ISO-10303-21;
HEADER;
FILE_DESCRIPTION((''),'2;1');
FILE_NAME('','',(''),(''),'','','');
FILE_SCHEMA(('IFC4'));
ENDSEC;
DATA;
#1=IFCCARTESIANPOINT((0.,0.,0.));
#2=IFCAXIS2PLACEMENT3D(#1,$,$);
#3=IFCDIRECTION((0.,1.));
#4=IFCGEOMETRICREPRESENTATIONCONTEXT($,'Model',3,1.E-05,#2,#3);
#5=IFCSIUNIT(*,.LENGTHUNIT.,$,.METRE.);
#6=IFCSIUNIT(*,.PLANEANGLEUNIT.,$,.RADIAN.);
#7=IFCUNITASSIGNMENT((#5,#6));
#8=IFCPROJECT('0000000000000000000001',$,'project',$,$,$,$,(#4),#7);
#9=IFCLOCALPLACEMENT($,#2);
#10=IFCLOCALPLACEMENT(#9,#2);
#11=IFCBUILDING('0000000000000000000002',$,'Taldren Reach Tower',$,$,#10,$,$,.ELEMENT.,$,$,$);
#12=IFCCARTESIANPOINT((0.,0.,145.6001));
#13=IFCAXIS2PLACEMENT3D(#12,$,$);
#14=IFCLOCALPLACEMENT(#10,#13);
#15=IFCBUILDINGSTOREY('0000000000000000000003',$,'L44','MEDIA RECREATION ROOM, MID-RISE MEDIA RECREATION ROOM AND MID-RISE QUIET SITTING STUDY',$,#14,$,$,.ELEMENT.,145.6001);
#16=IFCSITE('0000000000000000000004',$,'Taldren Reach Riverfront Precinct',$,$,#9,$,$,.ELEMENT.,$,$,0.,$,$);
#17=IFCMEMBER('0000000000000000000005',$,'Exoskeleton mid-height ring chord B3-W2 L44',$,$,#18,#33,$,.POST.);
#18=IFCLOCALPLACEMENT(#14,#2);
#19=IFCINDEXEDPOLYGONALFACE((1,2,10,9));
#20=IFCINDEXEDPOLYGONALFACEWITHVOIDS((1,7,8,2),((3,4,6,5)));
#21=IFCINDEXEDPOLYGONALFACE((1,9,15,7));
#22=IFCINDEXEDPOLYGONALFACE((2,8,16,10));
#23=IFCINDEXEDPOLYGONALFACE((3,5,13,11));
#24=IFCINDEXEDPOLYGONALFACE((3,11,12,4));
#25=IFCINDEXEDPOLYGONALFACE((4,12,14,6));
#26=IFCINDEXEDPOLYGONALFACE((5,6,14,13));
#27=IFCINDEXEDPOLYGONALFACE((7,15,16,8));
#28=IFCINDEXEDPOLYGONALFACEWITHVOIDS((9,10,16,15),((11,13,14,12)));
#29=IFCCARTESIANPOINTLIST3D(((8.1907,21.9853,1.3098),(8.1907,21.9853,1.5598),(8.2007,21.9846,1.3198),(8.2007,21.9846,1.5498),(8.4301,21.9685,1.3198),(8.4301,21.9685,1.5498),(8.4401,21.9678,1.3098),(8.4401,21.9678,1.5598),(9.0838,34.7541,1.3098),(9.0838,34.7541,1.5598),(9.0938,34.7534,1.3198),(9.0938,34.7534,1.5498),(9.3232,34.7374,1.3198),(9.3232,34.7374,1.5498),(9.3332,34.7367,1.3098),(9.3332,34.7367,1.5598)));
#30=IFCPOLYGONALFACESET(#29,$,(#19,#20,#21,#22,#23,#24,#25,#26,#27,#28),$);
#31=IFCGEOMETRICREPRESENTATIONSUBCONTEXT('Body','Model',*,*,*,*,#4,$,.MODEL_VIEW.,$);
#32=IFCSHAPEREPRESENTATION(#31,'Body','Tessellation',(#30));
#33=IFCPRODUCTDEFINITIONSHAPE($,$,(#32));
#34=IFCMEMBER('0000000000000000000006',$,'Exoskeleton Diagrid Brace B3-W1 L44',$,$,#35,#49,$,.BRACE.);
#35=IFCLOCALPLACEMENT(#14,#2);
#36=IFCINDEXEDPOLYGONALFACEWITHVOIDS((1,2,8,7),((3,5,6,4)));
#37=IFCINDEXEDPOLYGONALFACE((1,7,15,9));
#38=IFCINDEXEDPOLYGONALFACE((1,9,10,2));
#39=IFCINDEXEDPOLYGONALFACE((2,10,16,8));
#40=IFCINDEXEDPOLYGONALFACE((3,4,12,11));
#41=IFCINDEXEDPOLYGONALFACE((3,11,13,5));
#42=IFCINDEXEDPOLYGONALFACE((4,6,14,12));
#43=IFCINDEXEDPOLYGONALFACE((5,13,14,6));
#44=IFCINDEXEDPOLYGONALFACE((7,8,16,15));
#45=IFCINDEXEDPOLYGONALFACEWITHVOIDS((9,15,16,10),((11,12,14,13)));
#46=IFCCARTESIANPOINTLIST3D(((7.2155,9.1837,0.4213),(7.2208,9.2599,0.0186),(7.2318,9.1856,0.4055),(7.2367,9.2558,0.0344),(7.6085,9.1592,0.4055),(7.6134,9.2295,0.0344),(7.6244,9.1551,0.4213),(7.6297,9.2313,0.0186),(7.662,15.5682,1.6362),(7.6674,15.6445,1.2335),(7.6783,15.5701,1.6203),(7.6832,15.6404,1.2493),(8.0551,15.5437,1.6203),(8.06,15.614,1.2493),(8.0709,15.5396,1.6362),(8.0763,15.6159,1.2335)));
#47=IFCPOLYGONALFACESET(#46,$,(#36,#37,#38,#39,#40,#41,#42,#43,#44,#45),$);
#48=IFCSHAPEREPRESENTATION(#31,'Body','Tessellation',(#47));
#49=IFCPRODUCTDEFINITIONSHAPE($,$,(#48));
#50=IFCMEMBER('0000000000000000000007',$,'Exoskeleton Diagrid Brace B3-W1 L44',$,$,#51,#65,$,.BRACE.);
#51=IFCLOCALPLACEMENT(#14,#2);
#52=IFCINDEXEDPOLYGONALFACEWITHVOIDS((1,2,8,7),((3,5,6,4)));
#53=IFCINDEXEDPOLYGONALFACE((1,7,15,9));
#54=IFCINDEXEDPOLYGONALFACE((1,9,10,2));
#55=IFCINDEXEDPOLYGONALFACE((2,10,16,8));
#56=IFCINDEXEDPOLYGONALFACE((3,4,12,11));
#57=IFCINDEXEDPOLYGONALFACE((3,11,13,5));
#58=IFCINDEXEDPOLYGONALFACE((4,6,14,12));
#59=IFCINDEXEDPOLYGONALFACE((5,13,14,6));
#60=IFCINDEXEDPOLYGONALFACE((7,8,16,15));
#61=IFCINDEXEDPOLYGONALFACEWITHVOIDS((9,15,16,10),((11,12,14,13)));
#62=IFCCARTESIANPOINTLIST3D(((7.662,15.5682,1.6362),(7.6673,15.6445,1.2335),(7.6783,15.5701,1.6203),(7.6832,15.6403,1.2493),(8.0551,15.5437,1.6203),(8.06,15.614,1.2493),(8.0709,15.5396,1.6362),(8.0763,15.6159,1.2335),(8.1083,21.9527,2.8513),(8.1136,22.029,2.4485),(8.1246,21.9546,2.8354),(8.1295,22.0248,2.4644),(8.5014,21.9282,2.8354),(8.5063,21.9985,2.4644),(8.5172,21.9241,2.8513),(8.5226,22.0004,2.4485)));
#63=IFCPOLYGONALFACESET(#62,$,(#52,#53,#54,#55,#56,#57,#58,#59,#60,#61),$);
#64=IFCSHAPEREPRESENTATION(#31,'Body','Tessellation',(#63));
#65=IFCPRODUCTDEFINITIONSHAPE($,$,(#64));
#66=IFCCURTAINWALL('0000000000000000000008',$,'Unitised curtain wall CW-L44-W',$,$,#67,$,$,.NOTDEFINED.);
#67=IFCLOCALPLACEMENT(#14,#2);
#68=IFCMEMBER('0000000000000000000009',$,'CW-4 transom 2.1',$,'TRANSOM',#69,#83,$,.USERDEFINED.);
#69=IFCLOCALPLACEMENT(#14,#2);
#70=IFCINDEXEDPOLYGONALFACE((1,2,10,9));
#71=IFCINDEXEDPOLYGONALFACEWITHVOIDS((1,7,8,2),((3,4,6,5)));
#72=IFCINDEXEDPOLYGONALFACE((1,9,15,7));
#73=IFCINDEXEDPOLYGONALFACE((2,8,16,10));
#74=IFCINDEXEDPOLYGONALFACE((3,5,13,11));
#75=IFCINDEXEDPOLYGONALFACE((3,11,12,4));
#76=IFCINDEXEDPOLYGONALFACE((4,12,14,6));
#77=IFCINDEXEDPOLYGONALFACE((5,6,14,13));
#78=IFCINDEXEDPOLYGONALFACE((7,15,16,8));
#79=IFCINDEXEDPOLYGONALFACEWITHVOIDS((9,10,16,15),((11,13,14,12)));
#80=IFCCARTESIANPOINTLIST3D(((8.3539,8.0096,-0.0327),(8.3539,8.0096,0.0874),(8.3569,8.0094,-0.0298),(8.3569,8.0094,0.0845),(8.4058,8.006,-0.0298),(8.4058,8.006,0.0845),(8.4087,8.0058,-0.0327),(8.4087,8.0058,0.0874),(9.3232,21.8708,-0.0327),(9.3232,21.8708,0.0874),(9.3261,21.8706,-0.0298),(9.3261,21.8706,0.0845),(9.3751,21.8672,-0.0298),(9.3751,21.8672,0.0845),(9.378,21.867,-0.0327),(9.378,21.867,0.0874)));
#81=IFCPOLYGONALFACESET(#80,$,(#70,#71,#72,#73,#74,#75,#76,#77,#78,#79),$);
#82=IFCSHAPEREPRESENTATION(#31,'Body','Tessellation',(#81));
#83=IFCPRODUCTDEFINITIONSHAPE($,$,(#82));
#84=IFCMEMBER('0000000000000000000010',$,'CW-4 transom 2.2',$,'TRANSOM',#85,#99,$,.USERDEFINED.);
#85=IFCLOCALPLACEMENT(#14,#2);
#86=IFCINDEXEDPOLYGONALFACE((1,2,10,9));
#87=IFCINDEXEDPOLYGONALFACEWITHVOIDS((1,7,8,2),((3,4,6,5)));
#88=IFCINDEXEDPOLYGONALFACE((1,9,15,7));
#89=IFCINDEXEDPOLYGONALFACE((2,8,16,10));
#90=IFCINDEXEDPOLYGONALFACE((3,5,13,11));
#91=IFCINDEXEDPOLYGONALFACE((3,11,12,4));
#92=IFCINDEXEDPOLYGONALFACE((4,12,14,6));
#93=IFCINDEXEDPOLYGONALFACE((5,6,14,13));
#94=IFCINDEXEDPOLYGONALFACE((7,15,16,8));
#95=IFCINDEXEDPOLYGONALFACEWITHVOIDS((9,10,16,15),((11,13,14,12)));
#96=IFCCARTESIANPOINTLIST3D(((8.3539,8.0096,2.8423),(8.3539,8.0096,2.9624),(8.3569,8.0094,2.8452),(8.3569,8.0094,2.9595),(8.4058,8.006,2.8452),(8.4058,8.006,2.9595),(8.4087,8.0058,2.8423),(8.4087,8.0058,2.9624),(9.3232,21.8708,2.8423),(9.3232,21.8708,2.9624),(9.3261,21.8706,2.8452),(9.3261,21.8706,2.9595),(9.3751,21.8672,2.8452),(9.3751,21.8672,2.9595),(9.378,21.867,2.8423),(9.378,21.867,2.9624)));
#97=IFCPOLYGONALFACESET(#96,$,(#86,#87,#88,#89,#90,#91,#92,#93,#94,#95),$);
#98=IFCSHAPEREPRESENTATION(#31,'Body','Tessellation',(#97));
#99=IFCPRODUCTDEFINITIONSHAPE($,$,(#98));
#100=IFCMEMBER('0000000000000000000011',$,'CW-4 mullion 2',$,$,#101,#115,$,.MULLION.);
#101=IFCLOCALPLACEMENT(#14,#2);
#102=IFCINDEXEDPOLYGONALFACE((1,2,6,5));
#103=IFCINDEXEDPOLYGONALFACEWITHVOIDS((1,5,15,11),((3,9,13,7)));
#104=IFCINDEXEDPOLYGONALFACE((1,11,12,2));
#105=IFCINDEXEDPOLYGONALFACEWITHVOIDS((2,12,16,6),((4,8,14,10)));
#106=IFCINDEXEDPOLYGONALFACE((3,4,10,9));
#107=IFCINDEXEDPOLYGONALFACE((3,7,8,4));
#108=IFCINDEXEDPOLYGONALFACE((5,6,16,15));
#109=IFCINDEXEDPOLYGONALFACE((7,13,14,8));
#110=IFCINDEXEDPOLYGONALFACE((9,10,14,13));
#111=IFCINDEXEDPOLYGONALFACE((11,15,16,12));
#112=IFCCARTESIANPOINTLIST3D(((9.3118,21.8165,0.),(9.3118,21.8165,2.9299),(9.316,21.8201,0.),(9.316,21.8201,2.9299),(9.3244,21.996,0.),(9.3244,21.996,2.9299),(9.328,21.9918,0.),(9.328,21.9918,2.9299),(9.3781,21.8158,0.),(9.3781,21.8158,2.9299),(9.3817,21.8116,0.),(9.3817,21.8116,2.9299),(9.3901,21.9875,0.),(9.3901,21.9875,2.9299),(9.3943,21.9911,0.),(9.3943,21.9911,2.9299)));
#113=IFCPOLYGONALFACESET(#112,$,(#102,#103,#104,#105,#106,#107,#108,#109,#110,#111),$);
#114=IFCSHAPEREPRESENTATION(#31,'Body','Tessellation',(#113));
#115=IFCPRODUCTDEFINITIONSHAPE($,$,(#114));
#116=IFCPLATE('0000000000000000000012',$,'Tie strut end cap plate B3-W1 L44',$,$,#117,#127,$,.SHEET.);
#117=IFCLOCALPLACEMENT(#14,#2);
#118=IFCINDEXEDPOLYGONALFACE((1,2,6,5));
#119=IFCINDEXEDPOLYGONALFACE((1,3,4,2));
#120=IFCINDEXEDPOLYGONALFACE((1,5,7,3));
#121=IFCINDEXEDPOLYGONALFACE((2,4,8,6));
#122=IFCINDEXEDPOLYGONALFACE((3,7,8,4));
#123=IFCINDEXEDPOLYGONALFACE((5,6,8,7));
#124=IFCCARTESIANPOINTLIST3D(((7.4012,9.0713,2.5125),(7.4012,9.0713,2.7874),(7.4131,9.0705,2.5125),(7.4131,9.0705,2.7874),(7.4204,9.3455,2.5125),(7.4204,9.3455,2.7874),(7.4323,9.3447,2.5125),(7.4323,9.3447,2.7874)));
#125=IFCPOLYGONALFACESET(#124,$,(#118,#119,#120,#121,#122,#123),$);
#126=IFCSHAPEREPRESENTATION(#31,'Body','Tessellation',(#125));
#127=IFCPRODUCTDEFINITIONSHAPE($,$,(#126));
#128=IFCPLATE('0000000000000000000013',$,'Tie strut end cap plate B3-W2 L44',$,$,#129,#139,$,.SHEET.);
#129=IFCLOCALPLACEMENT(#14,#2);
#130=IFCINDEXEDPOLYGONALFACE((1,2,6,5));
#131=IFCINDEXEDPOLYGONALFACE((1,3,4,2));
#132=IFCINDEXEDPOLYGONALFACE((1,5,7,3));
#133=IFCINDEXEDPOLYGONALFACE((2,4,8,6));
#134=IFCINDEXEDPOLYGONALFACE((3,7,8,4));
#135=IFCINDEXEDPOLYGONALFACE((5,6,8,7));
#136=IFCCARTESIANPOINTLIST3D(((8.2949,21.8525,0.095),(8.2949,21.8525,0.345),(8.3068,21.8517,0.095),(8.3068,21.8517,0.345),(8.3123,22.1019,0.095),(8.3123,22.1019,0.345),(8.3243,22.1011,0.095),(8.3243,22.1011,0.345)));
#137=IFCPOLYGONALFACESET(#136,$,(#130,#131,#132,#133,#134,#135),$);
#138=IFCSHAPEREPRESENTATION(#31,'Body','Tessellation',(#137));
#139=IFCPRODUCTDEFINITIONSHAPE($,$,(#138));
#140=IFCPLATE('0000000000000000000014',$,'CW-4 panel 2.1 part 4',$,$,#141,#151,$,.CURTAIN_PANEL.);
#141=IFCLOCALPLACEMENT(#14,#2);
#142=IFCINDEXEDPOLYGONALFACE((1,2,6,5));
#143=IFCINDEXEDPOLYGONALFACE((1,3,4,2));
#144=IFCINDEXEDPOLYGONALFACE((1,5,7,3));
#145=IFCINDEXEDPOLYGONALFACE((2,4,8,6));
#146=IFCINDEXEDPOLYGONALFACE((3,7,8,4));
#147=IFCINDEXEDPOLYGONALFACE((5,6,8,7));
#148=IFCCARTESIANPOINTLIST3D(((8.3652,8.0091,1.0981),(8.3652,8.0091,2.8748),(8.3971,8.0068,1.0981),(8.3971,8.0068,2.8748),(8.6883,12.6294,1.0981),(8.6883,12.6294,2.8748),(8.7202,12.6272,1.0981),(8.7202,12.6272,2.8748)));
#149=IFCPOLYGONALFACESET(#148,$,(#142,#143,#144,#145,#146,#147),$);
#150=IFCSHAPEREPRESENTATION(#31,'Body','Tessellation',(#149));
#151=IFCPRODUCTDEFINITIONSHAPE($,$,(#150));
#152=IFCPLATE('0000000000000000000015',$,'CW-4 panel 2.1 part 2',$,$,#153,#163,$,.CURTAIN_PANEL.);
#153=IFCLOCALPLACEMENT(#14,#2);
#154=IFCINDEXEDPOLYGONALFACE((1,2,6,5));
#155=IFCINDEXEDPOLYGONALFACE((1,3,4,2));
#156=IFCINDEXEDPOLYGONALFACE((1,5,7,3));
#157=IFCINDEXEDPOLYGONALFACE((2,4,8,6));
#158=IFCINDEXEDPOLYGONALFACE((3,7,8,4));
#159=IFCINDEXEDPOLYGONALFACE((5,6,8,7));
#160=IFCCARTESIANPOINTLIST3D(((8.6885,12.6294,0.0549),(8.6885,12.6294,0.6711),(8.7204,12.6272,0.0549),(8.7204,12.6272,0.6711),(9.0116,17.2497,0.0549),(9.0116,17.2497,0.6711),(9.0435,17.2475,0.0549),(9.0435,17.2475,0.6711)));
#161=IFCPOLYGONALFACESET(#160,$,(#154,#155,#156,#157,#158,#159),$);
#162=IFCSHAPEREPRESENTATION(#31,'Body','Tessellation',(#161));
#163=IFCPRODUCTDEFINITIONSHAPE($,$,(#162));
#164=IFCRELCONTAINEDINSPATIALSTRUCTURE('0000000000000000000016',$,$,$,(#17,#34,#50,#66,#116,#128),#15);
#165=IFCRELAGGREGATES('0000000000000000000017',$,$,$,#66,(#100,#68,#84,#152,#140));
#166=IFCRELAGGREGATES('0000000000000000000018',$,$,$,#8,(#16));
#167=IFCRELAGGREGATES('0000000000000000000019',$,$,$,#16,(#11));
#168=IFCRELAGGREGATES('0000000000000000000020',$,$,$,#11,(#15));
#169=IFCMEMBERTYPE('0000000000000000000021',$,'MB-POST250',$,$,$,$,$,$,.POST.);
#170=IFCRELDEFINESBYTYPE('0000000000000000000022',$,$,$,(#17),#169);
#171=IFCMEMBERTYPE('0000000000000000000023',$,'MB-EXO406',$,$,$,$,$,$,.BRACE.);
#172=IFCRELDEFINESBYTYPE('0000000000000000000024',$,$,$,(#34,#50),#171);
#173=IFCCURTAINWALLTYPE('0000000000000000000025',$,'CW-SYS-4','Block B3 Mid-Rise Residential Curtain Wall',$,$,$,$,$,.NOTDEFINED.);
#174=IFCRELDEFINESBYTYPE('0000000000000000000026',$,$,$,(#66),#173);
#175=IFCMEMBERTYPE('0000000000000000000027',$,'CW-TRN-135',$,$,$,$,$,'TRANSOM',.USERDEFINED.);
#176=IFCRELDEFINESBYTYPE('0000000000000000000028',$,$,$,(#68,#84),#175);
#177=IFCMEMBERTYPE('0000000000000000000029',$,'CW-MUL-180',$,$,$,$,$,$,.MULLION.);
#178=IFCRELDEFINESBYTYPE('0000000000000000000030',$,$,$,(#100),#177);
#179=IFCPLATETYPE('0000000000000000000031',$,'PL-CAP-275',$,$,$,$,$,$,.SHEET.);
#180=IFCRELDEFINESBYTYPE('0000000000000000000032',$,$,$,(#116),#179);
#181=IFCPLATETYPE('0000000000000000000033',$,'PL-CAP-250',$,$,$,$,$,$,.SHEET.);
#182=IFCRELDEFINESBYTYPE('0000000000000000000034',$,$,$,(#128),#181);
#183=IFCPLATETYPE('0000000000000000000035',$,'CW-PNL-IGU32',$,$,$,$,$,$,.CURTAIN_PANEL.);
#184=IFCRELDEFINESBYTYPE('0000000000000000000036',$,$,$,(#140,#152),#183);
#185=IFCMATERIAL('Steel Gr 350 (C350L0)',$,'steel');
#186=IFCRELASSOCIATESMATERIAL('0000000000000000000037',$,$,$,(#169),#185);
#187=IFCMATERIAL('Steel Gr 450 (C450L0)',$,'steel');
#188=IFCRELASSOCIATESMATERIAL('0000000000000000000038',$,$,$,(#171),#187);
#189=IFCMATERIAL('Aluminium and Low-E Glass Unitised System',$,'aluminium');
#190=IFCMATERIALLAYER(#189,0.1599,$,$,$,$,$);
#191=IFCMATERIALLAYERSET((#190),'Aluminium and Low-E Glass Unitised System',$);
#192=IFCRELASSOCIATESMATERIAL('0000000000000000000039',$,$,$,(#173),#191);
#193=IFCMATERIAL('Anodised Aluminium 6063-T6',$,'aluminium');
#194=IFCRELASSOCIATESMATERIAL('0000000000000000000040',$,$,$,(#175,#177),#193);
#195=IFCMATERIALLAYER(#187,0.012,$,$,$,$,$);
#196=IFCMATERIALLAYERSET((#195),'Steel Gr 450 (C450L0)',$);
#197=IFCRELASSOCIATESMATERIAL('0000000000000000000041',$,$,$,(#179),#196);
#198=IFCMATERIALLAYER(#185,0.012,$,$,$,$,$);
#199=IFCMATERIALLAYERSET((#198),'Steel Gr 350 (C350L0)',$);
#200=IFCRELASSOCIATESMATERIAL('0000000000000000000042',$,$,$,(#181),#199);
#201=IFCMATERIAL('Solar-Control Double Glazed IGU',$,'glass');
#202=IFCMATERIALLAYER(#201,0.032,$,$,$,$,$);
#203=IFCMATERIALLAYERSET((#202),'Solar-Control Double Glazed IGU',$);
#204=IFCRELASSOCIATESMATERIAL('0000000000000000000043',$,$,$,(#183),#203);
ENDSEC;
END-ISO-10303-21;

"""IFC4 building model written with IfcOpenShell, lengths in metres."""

from ifc_helpers import new_model, si_unit, direction, frame, origin, origin_2d, place, context, subcontext, project, spatial, rectangle, hollow_rectangle, extrude, source, transform, mapped, material, layer, layer_set, material_profile, profile_set, type_object, element, aggregate, save


model = new_model("IFC4")

# Units and contexts
model_context = context("Model", 3, precision=1e-05, world=origin(), true_north=direction((0.0, 1.0)))
body_context = subcontext(model_context, "Body", "Model", "MODEL_VIEW")
ifc_project = project(units=[si_unit("LENGTHUNIT", "METRE"), si_unit("PLANEANGLEUNIT", "RADIAN")], contexts=[model_context])

# Site, building, storey
site_placement = place(None, origin())
site = spatial("IfcSite", under=ifc_project, at=site_placement, Name="Taldren Reach Riverfront Precinct", CompositionType="ELEMENT", RefElevation=0.0)
building_placement = place(site_placement, origin())
building = spatial("IfcBuilding", under=site, at=building_placement, Name="Taldren Reach Tower", CompositionType="ELEMENT")
storey_placement = place(building_placement, frame((0.0, 0.0, 145.6001)))
storey = spatial("IfcBuildingStorey", under=building, at=storey_placement, Name="L44", Description="MEDIA RECREATION ROOM, MID-RISE MEDIA RECREATION ROOM AND MID-RISE QUIET SITTING STUDY", CompositionType="ELEMENT", Elevation=145.6001)

# Shared definitions
ifc_material_1 = material(Name="Steel Gr 350 (C350L0)", Category="steel")
ifc_material_profile_1 = material_profile(ifc_material_1, hollow_rectangle(XDim=0.25, YDim=0.25, WallThickness=0.01, at=origin_2d()), Name="250x250x10.0SHS")
ifc_profile_set_1 = profile_set([ifc_material_profile_1], Name="Steel Gr 350 (C350L0)")
member_type_1 = type_object("IfcMemberType", Name="MB-POST250", PredefinedType="POST", material=ifc_profile_set_1)
ifc_material_2 = material(Name="Steel Gr 450 (C450L0)", Category="steel")

# Members
shared_shape_1 = source(origin(), body_context, "Body", "SweptSolid", [
    extrude(hollow_rectangle(XDim=0.25, YDim=0.25, WallThickness=0.01, at=origin_2d()), origin(), (0.0, 0.0, 1.0), 12.8),
])
member_1_placement = place(storey_placement, frame((8.3154, 21.9766, 1.4348), z_axis=(0.069771, 0.997563, 0.0), x_axis=(-0.997563, 0.069771, 0.0)))
element("IfcMember", 1, at=member_1_placement, inside=storey, type_object=member_type_1, Name="Exoskeleton mid-height ring chord B3-W2 L44", PredefinedType="POST", context=body_context, shape_type="MappedRepresentation", body=[
    mapped(shared_shape_1, transform((0.0, 0.0, 0.0), scale=1.0)),
])
ifc_material_profile_2 = material_profile(ifc_material_2, hollow_rectangle(XDim=0.4099, YDim=0.4099, WallThickness=0.0161, at=origin_2d()), Name="410x410x16.0SHS")
ifc_profile_set_2 = profile_set([ifc_material_profile_2], Name="Steel Gr 450 (C450L0)")
member_type_2 = type_object("IfcMemberType", Name="MB-EXO406", PredefinedType="BRACE", material=ifc_profile_set_2)
shared_shape_2 = source(origin(), body_context, "Body", "SweptSolid", [
    extrude(hollow_rectangle(XDim=0.4099, YDim=0.4099, WallThickness=0.0161, at=origin_2d()), origin(), (0.0, 0.0, 1.0), 6.5144),
])
for number, where, z_axis, x_axis, name in (
    (2, (7.4226, 9.2075, 0.22), (0.068546, 0.980063, 0.186486), (-0.997563, 0.06977, 0.0), "Exoskeleton Diagrid Brace B3-W1 L44"),
    (3, (7.8691, 15.592, 1.4348), (0.068508, 0.980059, 0.186523), (-0.997566, 0.069732, 0.0), "Exoskeleton Diagrid Brace B3-W1 L44"),
):
    element("IfcMember", number, at=place(storey_placement, frame(where, z_axis=z_axis, x_axis=x_axis)), inside=storey, type_object=member_type_2, Name=name, PredefinedType="BRACE", context=body_context, shape_type="MappedRepresentation", body=[
        mapped(shared_shape_2, transform((0.0, 0.0, 0.0), scale=1.0)),
    ])

# Curtain wall, members
ifc_material_3 = material(Name="Aluminium and Low-E Glass Unitised System", Category="aluminium")
ifc_layer_1 = layer(ifc_material_3, 0.1599)
ifc_layer_set_1 = layer_set([ifc_layer_1], Name="Aluminium and Low-E Glass Unitised System")
curtain_wall_type = type_object("IfcCurtainWallType", Name="CW-SYS-4", Description="Block B3 Mid-Rise Residential Curtain Wall", PredefinedType="NOTDEFINED", material=ifc_layer_set_1)
curtain_wall_placement = place(storey_placement, origin())
curtain_wall = element("IfcCurtainWall", 4, at=curtain_wall_placement, inside=storey, type_object=curtain_wall_type, Name="Unitised curtain wall CW-L44-W", PredefinedType="NOTDEFINED")
ifc_material_4 = material(Name="Anodised Aluminium 6063-T6", Category="aluminium")
ifc_material_profile_3 = material_profile(ifc_material_4, hollow_rectangle(XDim=0.0549, YDim=0.1201, WallThickness=0.0029, at=origin_2d()), Name="ALU-120x55x3RHS")
ifc_profile_set_3 = profile_set([ifc_material_profile_3], Name="Anodised Aluminium 6063-T6")
member_type_3 = type_object("IfcMemberType", Name="CW-TRN-135", ElementType="TRANSOM", PredefinedType="USERDEFINED", material=ifc_profile_set_3)
shared_shape_3 = source(origin(), body_context, "Body", "SweptSolid", [
    extrude(hollow_rectangle(XDim=0.0549, YDim=0.1201, WallThickness=0.0029, at=origin_2d()), origin(), (0.0, 0.0, 1.0), 13.895),
])
member_2_placement = place(storey_placement, frame((9.3506, 21.8689, 0.0273), z_axis=(-0.069755, -0.997564, 0.0), x_axis=(0.997564, -0.069755, 0.0)))
member_2 = element("IfcMember", 5, at=member_2_placement, type_object=member_type_3, Name="CW-4 transom 2.1", ObjectType="TRANSOM", PredefinedType="USERDEFINED", context=body_context, shape_type="MappedRepresentation", body=[
    mapped(shared_shape_3, transform((0.0, 0.0, 0.0), scale=1.0)),
])
member_3_placement = place(storey_placement, frame((9.3506, 21.8689, 2.9023), z_axis=(-0.069755, -0.997564, 0.0), x_axis=(0.997564, -0.069755, 0.0)))
member_3 = element("IfcMember", 6, at=member_3_placement, type_object=member_type_3, Name="CW-4 transom 2.2", ObjectType="TRANSOM", PredefinedType="USERDEFINED", context=body_context, shape_type="MappedRepresentation", body=[
    mapped(shared_shape_3, transform((0.0, 0.0, 0.0), scale=1.0)),
])
ifc_material_profile_4 = material_profile(ifc_material_4, hollow_rectangle(XDim=0.0701, YDim=0.1799, WallThickness=0.0039, at=origin_2d()), Name="ALU-180x70x4RHS")
ifc_profile_set_4 = profile_set([ifc_material_profile_4], Name="Anodised Aluminium 6063-T6")
member_type_4 = type_object("IfcMemberType", Name="CW-MUL-180", PredefinedType="MULLION", material=ifc_profile_set_4)
shared_shape_4 = source(origin(), body_context, "Body", "SweptSolid", [
    extrude(hollow_rectangle(XDim=0.0701, YDim=0.1799, WallThickness=0.0039, at=origin_2d()), origin(), (0.0, 0.0, 1.0), 2.9299),
])
member_4_placement = place(storey_placement, frame((9.353, 21.9038, 0.0), z_axis=(0.0, 0.0, 1.0), x_axis=(0.997564, -0.069756, 0.0)))
member_4 = element("IfcMember", 7, at=member_4_placement, type_object=member_type_4, Name="CW-4 mullion 2", PredefinedType="MULLION", context=body_context, shape_type="MappedRepresentation", body=[
    mapped(shared_shape_4, transform((0.0, 0.0, 0.0), scale=1.0)),
])

# Plates
ifc_layer_2 = layer(ifc_material_2, 0.012)
ifc_layer_set_2 = layer_set([ifc_layer_2], Name="Steel Gr 450 (C450L0)")
plate_type_1 = type_object("IfcPlateType", Name="PL-CAP-275", PredefinedType="SHEET", material=ifc_layer_set_2)
shared_shape_5 = source(origin(), body_context, "Body", "SweptSolid", [
    extrude(rectangle(XDim=0.012, YDim=0.2749, at=origin_2d()), origin(), (0.0, 0.0, 1.0), 0.2749),
])
plate_1_placement = place(storey_placement, frame((7.4167, 9.208, 2.5125), z_axis=(0.0, 0.0, 1.0), x_axis=(0.997564, -0.069756, 0.0)))
element("IfcPlate", 8, at=plate_1_placement, inside=storey, type_object=plate_type_1, Name="Tie strut end cap plate B3-W1 L44", PredefinedType="SHEET", context=body_context, shape_type="MappedRepresentation", body=[
    mapped(shared_shape_5, transform((0.0, 0.0, 0.0), scale=1.0)),
])
ifc_layer_3 = layer(ifc_material_1, 0.012)
ifc_layer_set_3 = layer_set([ifc_layer_3], Name="Steel Gr 350 (C350L0)")
plate_type_2 = type_object("IfcPlateType", Name="PL-CAP-250", PredefinedType="SHEET", material=ifc_layer_set_3)
shared_shape_6 = source(origin(), body_context, "Body", "SweptSolid", [
    extrude(rectangle(XDim=0.012, YDim=0.25, at=origin_2d()), origin(), (0.0, 0.0, 1.0), 0.25),
])
plate_2_placement = place(storey_placement, frame((8.3096, 21.9768, 0.095), z_axis=(0.0, 0.0, 1.0), x_axis=(0.997564, -0.069756, 0.0)))
element("IfcPlate", 9, at=plate_2_placement, inside=storey, type_object=plate_type_2, Name="Tie strut end cap plate B3-W2 L44", PredefinedType="SHEET", context=body_context, shape_type="MappedRepresentation", body=[
    mapped(shared_shape_6, transform((0.0, 0.0, 0.0), scale=1.0)),
])

# Plates
ifc_material_5 = material(Name="Solar-Control Double Glazed IGU", Category="glass")
ifc_layer_4 = layer(ifc_material_5, 0.032)
ifc_layer_set_4 = layer_set([ifc_layer_4], Name="Solar-Control Double Glazed IGU")
plate_type_3 = type_object("IfcPlateType", Name="CW-PNL-IGU32", PredefinedType="CURTAIN_PANEL", material=ifc_layer_set_4)
shared_shape_7 = source(origin(), body_context, "Body", "SweptSolid", [
    extrude(rectangle(XDim=4.6316, YDim=0.032, at=origin_2d()), origin(), (0.0, 0.0, 1.0), 1.7766),
])
plate_3_placement = place(storey_placement, frame((8.5427, 10.3181, 1.0981), z_axis=(0.0, 0.0, 1.0), x_axis=(-0.069756, -0.997564, 0.0)))
plate_3 = element("IfcPlate", 10, at=plate_3_placement, type_object=plate_type_3, Name="CW-4 panel 2.1 part 4", PredefinedType="CURTAIN_PANEL", context=body_context, shape_type="MappedRepresentation", body=[
    mapped(shared_shape_7, transform((0.0, 0.0, 0.0), scale=1.0)),
])
shared_shape_8 = source(origin(), body_context, "Body", "SweptSolid", [
    extrude(rectangle(XDim=4.6316, YDim=0.032, at=origin_2d()), origin(), (0.0, 0.0, 1.0), 0.6162),
])
plate_4_placement = place(storey_placement, frame((8.866, 14.9385, 0.0549), z_axis=(0.0, 0.0, 1.0), x_axis=(-0.069756, -0.997564, 0.0)))
plate_4 = element("IfcPlate", 11, at=plate_4_placement, type_object=plate_type_3, Name="CW-4 panel 2.1 part 2", PredefinedType="CURTAIN_PANEL", context=body_context, shape_type="MappedRepresentation", body=[
    mapped(shared_shape_8, transform((0.0, 0.0, 0.0), scale=1.0)),
])
aggregate(curtain_wall, [member_4, member_2, member_3, plate_4, plate_3])

save(model, "model.ifc")
